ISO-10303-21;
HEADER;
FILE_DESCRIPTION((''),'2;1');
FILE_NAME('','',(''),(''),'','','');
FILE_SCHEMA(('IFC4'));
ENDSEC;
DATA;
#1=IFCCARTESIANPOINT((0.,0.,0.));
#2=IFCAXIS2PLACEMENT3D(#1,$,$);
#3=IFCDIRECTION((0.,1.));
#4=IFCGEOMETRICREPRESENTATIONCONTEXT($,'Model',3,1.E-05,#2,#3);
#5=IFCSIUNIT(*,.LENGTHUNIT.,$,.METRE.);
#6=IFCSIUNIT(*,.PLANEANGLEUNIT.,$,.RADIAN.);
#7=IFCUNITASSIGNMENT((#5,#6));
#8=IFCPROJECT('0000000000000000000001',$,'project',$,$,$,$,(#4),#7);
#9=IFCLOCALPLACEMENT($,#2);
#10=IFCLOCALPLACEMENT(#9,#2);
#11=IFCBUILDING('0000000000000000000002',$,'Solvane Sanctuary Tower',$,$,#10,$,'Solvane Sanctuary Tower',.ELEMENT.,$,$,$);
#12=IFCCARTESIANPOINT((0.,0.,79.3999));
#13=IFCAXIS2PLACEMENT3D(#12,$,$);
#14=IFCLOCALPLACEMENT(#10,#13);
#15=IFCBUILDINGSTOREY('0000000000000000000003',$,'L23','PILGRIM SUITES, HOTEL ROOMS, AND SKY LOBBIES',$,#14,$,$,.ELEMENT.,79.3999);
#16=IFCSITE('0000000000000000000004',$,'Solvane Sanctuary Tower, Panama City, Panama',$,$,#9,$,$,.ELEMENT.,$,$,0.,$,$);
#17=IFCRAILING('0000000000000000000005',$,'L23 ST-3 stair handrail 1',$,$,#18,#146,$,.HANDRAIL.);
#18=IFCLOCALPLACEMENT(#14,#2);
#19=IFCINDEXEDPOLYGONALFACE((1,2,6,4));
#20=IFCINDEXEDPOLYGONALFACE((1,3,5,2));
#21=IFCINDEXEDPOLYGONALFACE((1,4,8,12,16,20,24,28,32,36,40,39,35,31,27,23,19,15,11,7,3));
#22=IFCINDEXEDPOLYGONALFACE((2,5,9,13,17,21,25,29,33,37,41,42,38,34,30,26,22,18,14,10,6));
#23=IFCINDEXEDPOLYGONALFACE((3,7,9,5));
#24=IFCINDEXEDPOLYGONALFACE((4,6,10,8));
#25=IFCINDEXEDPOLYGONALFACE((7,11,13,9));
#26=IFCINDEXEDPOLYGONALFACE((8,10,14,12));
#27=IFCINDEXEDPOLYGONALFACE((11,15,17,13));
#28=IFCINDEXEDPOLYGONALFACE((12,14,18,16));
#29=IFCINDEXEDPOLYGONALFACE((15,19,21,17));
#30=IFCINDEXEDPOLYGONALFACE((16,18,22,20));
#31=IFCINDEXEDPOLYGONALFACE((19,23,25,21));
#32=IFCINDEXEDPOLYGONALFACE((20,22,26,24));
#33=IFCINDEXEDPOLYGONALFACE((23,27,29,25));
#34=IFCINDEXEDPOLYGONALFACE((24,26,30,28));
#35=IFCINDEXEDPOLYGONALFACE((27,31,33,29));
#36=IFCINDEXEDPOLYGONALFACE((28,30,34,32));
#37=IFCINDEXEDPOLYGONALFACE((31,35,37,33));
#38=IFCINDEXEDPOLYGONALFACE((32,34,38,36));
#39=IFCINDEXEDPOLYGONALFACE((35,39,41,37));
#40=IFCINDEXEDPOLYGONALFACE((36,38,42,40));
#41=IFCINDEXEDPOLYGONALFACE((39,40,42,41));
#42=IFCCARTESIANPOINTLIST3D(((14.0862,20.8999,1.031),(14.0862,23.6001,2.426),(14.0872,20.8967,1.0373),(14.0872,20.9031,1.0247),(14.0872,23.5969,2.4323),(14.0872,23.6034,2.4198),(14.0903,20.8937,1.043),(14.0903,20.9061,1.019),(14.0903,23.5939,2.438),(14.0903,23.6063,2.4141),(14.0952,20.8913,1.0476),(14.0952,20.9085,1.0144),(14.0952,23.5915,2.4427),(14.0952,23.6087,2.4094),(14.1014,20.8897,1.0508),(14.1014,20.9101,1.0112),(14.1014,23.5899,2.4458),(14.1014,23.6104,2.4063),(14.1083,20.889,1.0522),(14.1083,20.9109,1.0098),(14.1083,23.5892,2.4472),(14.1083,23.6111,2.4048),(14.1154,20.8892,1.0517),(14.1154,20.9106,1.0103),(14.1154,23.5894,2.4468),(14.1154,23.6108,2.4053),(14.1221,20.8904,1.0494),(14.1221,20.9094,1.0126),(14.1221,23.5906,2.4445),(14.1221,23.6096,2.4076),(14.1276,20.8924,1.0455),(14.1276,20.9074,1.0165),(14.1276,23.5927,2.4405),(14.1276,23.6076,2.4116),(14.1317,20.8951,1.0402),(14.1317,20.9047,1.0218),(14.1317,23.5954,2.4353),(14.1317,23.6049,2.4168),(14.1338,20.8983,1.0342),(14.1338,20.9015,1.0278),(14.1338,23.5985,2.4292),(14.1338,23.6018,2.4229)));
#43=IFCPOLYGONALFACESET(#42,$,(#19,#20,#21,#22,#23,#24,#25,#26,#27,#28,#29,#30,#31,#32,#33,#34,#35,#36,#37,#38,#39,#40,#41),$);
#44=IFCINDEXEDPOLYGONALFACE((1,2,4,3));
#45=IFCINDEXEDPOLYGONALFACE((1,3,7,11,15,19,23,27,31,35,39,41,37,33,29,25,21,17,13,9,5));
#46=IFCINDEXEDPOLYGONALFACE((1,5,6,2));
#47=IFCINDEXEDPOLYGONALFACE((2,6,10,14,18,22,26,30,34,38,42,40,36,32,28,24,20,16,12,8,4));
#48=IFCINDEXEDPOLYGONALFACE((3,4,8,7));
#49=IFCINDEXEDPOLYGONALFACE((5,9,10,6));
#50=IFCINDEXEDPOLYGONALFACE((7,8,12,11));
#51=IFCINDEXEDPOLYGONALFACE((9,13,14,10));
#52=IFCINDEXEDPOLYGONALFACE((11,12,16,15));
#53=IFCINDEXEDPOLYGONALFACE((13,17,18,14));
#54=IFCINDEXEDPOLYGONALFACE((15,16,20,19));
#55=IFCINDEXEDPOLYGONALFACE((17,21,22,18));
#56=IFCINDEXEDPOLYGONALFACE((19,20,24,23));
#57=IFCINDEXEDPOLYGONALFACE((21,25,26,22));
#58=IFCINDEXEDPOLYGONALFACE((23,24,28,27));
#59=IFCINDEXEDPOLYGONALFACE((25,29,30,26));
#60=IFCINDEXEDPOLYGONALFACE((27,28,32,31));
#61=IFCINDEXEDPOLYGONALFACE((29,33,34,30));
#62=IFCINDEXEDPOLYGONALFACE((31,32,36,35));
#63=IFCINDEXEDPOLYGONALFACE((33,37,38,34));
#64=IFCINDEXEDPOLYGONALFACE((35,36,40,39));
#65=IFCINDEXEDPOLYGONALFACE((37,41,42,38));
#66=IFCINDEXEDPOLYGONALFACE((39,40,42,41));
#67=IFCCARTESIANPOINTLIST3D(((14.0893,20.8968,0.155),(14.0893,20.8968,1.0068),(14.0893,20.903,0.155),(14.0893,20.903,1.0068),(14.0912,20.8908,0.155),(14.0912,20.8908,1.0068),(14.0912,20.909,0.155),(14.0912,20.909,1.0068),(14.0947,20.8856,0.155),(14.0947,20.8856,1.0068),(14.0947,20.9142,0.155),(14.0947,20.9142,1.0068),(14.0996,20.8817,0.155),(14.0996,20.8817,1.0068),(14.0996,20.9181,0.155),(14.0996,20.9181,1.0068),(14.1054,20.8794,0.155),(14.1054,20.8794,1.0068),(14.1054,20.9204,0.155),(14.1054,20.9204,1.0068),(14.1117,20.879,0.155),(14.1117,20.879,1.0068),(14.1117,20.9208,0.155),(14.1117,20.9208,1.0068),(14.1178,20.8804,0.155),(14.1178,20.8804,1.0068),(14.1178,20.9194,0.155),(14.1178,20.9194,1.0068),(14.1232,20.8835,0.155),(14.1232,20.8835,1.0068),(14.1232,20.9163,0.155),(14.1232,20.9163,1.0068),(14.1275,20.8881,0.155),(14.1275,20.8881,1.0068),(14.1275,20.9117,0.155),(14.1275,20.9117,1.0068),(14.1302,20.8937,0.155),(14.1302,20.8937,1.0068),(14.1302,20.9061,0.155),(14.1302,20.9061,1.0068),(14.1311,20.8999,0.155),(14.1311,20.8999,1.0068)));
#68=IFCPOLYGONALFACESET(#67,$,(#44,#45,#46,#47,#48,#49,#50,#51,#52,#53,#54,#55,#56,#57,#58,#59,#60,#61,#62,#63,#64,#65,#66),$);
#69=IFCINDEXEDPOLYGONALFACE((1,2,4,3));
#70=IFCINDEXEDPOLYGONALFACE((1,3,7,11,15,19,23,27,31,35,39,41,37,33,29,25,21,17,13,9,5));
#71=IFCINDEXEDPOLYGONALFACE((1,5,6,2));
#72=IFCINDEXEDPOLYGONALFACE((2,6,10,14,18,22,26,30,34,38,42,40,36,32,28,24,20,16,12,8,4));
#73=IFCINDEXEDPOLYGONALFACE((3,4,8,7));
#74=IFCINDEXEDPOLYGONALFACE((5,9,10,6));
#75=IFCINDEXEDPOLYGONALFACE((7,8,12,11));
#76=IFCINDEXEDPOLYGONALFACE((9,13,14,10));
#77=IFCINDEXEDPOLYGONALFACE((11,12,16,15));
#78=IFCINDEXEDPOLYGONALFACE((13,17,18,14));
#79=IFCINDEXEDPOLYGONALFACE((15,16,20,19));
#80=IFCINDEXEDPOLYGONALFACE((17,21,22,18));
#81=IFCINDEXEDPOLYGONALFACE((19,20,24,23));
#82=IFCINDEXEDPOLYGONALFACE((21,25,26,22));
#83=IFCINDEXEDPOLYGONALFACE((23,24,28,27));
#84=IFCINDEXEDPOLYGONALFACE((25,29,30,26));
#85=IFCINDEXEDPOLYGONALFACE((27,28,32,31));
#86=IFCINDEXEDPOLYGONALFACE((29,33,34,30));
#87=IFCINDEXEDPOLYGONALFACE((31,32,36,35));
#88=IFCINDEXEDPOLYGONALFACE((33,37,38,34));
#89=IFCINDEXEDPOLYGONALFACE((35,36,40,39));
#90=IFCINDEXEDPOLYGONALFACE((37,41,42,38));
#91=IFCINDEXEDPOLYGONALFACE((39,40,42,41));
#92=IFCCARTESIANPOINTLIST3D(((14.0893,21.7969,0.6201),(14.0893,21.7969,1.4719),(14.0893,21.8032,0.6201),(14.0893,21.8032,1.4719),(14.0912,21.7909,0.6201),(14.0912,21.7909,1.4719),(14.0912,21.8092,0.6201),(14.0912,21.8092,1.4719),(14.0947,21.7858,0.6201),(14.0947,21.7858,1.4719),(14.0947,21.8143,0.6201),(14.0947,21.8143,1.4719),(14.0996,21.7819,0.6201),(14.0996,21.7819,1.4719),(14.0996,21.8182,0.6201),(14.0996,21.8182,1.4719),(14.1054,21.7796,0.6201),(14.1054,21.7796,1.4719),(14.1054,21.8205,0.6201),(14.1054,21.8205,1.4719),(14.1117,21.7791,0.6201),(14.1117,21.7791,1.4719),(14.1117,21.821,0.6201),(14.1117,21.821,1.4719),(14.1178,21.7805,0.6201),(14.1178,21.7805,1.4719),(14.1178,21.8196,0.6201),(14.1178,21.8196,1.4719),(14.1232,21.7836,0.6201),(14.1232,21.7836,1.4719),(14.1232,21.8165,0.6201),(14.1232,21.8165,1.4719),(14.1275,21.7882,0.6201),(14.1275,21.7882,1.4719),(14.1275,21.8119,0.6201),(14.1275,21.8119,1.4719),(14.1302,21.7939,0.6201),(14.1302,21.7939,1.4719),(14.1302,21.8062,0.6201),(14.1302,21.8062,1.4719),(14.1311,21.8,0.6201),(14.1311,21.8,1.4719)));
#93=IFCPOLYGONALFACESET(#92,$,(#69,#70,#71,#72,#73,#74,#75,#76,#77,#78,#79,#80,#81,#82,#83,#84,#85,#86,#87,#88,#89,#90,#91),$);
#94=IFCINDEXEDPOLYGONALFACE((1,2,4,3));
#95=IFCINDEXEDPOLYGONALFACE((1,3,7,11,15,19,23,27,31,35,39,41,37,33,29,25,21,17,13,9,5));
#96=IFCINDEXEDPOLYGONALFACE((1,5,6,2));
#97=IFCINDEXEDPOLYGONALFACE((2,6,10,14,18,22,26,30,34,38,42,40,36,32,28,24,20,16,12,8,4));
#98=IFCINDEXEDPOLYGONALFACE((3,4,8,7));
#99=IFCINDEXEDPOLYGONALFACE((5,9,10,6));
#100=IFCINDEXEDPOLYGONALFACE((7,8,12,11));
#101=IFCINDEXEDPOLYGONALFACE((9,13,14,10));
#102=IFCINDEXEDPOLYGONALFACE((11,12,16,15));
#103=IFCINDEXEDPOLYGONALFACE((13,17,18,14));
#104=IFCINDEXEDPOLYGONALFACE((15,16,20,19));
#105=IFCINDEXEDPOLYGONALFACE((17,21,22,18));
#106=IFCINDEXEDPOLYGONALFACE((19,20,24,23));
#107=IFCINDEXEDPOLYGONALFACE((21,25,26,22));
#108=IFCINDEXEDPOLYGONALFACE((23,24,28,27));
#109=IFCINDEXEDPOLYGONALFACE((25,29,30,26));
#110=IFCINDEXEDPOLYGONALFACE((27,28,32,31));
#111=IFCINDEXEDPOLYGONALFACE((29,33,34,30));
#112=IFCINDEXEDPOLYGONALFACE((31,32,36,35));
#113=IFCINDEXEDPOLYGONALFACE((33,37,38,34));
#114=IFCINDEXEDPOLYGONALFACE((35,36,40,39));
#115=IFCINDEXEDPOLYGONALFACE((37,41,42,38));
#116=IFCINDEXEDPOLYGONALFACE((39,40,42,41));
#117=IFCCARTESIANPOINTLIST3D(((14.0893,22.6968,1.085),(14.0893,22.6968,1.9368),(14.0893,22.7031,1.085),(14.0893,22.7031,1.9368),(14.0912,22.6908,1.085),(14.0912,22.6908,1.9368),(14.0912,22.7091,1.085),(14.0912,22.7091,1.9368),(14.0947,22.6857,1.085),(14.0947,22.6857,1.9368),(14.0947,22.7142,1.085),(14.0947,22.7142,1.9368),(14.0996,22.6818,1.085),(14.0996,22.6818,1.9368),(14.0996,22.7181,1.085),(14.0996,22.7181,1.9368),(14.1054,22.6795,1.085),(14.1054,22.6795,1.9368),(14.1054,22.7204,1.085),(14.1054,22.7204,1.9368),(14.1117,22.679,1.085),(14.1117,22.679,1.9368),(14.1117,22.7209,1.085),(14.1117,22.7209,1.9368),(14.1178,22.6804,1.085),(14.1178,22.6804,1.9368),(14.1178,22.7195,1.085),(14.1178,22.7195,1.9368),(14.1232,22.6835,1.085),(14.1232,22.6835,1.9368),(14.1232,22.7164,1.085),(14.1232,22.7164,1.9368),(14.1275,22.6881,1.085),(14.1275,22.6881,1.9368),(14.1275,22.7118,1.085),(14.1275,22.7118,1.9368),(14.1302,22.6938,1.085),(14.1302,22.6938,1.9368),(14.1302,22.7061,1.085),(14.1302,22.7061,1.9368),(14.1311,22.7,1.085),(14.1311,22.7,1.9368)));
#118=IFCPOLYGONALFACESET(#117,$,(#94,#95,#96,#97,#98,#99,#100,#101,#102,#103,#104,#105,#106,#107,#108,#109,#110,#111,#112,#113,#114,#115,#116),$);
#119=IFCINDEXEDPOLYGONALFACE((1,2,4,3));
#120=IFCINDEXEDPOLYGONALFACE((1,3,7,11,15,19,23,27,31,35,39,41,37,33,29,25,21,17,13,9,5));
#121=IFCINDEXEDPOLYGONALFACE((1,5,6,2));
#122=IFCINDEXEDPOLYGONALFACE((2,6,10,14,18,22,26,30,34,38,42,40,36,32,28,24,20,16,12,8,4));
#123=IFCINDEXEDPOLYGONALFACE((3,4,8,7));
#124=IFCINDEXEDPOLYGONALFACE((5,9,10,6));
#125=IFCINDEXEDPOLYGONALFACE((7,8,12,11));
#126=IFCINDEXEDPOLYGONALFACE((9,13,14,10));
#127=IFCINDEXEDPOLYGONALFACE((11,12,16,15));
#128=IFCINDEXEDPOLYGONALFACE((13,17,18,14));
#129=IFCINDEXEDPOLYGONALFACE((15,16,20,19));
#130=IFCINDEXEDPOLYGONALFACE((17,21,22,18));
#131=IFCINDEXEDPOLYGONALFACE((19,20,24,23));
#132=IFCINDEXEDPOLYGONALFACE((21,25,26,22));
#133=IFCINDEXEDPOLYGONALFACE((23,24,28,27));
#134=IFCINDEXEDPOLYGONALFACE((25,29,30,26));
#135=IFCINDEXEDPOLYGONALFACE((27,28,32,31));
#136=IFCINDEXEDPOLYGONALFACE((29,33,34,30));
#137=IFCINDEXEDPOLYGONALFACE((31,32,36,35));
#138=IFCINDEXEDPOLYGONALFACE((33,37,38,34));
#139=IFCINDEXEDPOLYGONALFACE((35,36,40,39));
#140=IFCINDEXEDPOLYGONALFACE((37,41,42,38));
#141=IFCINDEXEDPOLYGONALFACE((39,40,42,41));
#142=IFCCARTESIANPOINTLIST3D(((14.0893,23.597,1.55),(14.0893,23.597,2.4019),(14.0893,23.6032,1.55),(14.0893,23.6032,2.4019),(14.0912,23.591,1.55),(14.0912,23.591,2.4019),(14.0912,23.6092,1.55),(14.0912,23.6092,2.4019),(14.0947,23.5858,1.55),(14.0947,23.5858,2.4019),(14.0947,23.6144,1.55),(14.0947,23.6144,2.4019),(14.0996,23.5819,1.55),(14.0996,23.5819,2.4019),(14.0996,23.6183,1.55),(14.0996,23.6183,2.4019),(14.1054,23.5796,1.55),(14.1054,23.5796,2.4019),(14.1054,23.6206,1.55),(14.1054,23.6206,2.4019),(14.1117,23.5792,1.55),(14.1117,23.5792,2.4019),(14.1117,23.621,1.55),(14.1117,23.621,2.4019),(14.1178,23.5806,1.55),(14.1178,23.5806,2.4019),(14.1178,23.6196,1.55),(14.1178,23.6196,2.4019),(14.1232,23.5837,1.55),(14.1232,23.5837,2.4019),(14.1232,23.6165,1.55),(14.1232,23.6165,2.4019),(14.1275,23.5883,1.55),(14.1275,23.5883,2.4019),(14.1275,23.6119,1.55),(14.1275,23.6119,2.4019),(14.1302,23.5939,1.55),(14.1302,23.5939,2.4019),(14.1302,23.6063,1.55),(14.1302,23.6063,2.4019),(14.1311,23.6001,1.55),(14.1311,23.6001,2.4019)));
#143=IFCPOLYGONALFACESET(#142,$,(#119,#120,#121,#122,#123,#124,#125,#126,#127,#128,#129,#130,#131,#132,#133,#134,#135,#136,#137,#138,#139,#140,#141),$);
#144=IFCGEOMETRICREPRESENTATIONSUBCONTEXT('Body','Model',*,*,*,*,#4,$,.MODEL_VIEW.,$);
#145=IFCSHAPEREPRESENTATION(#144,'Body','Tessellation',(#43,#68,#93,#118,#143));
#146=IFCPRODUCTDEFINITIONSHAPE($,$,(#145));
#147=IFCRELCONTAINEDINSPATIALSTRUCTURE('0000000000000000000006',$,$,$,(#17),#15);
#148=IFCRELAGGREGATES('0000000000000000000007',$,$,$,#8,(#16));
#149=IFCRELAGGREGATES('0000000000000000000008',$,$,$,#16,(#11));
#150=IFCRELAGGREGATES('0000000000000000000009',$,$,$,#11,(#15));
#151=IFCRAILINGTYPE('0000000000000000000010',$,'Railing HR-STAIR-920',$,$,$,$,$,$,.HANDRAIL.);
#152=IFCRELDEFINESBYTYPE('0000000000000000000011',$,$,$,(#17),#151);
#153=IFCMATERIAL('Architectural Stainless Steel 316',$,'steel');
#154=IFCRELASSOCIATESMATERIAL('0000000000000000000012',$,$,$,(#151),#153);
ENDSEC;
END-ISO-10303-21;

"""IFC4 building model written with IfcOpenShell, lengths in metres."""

from ifc_helpers import new_model, si_unit, direction, frame, origin, origin_2d, place, context, subcontext, project, spatial, circle, extrude, material, type_object, element, save


model = new_model("IFC4")

# Units and contexts
model_context = context("Model", 3, precision=1e-05, world=origin(), true_north=direction((0.0, 1.0)))
body_context = subcontext(model_context, "Body", "Model", "MODEL_VIEW")
ifc_project = project(units=[si_unit("LENGTHUNIT", "METRE"), si_unit("PLANEANGLEUNIT", "RADIAN")], contexts=[model_context])

# Site, building, storey
site_placement = place(None, origin())
site = spatial("IfcSite", under=ifc_project, at=site_placement, Name="Solvane Sanctuary Tower, Panama City, Panama", CompositionType="ELEMENT", RefElevation=0.0)
building_placement = place(site_placement, origin())
building = spatial("IfcBuilding", under=site, at=building_placement, Name="Solvane Sanctuary Tower", LongName="Solvane Sanctuary Tower", CompositionType="ELEMENT")
storey_placement = place(building_placement, frame((0.0, 0.0, 79.3999)))
storey = spatial("IfcBuildingStorey", under=building, at=storey_placement, Name="L23", Description="PILGRIM SUITES, HOTEL ROOMS, AND SKY LOBBIES", CompositionType="ELEMENT", Elevation=79.3999)

# Railing
ifc_material_1 = material(Name="Architectural Stainless Steel 316", Category="steel")
railing_type_1 = type_object("IfcRailingType", Name="Railing HR-STAIR-920", PredefinedType="HANDRAIL", material=ifc_material_1)
railing_1_placement = place(storey_placement, frame((14.1101, 20.8999, 0.155)))
element("IfcRailing", 1, at=railing_1_placement, inside=storey, type_object=railing_type_1, Name="L23 ST-3 stair handrail 1", PredefinedType="HANDRAIL", context=body_context, shape_type="SweptSolid", body=[
    extrude(circle(Radius=0.0239, at=origin_2d()), frame((0.0, 0.0, 0.876), z_axis=(0.0, 0.888437, 0.458999), x_axis=(-1.0, 0.0, 0.0)), (0.0, 0.0, 1.0), 3.0393),
    extrude(circle(Radius=0.021, at=origin_2d()), origin(), (0.0, 0.0, 1.0), 0.8518),
    extrude(circle(Radius=0.021, at=origin_2d()), frame((0.0, 0.9001, 0.4651)), (0.0, 0.0, 1.0), 0.8518),
    extrude(circle(Radius=0.021, at=origin_2d()), frame((0.0, 1.8, 0.9299)), (0.0, 0.0, 1.0), 0.8518),
    extrude(circle(Radius=0.021, at=origin_2d()), frame((0.0, 2.7002, 1.395)), (0.0, 0.0, 1.0), 0.8518),
])

save(model, "model.ifc")
